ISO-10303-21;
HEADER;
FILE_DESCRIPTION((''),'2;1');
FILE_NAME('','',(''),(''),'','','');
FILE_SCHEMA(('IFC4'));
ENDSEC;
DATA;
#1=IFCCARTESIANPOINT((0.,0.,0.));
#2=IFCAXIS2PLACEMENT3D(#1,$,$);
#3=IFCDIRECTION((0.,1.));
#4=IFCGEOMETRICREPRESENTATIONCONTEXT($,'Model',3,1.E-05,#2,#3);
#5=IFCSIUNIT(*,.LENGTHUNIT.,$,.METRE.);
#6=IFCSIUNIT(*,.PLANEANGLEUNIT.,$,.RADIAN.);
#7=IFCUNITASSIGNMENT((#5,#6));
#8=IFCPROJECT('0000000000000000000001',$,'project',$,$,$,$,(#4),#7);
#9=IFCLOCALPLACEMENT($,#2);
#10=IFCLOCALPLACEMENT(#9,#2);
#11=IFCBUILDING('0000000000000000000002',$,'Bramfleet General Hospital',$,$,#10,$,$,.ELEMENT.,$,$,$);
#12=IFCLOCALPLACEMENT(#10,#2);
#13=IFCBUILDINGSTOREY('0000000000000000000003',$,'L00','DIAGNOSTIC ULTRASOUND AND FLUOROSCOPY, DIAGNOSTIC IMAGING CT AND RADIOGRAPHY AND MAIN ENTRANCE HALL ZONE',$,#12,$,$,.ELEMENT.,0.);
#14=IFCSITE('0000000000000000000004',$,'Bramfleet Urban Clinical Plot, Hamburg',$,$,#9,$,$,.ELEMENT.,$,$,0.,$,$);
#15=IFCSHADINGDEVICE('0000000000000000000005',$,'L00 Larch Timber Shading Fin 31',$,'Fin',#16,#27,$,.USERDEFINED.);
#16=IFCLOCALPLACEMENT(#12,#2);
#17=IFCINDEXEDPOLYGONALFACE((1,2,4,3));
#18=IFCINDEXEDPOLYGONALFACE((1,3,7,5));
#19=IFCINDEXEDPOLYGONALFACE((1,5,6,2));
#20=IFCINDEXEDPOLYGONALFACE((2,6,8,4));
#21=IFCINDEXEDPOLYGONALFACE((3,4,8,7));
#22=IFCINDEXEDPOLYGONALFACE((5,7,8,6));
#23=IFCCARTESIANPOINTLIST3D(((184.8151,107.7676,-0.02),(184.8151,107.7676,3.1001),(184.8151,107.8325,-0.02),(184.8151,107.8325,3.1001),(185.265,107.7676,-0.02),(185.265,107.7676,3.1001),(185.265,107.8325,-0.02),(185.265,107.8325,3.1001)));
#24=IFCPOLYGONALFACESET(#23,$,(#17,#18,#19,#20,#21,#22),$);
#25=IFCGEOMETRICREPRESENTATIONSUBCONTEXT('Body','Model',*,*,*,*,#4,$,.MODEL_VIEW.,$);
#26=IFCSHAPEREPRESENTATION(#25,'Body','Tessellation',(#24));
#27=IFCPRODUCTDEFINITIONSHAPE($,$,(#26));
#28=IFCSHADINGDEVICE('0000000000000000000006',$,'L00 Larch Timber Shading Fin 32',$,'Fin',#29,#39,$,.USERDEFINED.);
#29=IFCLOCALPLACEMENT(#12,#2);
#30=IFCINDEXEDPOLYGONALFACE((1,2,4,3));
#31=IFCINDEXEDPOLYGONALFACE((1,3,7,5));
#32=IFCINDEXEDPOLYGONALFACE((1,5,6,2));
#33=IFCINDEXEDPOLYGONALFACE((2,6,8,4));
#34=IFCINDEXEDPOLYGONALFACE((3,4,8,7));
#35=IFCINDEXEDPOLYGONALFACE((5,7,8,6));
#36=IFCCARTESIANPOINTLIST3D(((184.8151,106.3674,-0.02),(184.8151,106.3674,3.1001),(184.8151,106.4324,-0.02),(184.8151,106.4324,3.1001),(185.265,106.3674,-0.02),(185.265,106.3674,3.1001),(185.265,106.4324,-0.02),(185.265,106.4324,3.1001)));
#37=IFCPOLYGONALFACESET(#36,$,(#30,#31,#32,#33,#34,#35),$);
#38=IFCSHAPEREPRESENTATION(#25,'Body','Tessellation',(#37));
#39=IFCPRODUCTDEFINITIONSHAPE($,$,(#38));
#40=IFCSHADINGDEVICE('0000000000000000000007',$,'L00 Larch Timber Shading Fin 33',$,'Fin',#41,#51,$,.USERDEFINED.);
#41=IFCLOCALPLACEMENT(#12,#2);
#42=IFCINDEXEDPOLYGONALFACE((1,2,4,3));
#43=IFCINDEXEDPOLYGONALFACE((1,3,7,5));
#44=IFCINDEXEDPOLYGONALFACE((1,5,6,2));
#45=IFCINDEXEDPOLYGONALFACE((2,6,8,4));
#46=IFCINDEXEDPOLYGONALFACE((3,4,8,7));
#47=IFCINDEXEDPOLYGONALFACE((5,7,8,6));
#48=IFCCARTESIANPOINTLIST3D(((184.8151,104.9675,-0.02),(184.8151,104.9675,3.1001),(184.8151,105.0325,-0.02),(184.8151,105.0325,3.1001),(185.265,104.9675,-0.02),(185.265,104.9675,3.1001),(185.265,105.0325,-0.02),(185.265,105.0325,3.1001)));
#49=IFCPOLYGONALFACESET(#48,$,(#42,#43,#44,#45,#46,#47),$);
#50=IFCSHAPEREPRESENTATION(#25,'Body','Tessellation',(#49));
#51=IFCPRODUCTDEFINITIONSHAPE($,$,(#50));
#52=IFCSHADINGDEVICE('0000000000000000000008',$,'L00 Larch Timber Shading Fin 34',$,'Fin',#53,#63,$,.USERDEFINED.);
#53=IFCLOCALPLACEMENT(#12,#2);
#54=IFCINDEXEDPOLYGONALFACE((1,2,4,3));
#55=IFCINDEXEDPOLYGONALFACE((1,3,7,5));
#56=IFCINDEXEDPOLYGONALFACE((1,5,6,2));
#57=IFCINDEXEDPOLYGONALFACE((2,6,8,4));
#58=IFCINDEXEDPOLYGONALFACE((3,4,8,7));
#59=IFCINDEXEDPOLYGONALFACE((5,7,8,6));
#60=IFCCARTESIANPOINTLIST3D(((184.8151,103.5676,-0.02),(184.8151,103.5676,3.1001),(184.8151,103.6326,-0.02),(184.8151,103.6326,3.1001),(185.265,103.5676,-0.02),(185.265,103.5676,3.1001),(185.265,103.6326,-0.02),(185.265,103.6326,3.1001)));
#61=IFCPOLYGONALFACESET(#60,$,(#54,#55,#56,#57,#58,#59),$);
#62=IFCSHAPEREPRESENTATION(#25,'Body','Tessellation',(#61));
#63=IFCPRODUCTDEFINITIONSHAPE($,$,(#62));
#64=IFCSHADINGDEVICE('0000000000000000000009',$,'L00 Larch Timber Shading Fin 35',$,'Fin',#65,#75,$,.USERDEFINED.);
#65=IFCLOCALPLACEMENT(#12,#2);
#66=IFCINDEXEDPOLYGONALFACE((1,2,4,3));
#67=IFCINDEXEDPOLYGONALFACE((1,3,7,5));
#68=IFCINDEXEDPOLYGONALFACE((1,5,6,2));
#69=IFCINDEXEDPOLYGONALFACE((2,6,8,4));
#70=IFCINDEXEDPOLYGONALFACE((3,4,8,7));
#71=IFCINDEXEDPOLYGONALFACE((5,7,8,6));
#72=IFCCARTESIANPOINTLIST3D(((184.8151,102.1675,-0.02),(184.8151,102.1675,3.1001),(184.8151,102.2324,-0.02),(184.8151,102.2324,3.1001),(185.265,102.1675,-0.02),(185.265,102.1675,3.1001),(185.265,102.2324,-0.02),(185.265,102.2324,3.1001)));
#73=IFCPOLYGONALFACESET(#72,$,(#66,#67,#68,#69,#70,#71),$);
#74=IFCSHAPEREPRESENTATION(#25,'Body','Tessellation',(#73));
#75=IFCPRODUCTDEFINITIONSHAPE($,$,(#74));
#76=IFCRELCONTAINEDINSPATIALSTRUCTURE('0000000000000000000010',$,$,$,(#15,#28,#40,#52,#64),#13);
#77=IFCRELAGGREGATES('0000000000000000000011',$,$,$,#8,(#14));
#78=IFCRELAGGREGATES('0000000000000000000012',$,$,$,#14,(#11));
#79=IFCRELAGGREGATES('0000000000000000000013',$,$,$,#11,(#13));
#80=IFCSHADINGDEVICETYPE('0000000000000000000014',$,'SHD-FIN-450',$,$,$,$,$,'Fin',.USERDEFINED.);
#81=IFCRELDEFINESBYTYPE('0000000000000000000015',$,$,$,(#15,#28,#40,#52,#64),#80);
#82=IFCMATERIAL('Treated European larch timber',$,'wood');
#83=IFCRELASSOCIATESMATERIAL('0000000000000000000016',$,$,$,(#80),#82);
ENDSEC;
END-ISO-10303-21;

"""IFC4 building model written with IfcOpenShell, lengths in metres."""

from ifc_helpers import new_model, si_unit, direction, frame, origin, origin_2d, place, context, subcontext, project, spatial, rectangle, extrude, material, material_profile, profile_set, type_object, element, save


model = new_model("IFC4")

# Units and contexts
model_context = context("Model", 3, precision=1e-05, world=origin(), true_north=direction((0.0, 1.0)))
body_context = subcontext(model_context, "Body", "Model", "MODEL_VIEW")
ifc_project = project(units=[si_unit("LENGTHUNIT", "METRE"), si_unit("PLANEANGLEUNIT", "RADIAN")], contexts=[model_context])

# Site, building, storey
site_placement = place(None, origin())
site = spatial("IfcSite", under=ifc_project, at=site_placement, Name="Bramfleet Urban Clinical Plot, Hamburg", CompositionType="ELEMENT", RefElevation=0.0)
building_placement = place(site_placement, origin())
building = spatial("IfcBuilding", under=site, at=building_placement, Name="Bramfleet General Hospital", CompositionType="ELEMENT")
storey_placement = place(building_placement, origin())
storey = spatial("IfcBuildingStorey", under=building, at=storey_placement, Name="L00", Description="DIAGNOSTIC ULTRASOUND AND FLUOROSCOPY, DIAGNOSTIC IMAGING CT AND RADIOGRAPHY AND MAIN ENTRANCE HALL ZONE", CompositionType="ELEMENT", Elevation=0.0)

# Shading devices
ifc_material_1 = material(Name="Treated European larch timber", Category="wood")
ifc_material_profile_1 = material_profile(ifc_material_1, rectangle(XDim=0.0649, YDim=0.45, at=origin_2d()), Name="LARCH FIN 450x65")
ifc_profile_set_1 = profile_set([ifc_material_profile_1], Name="Treated European larch timber")
shading_device_type = type_object("IfcShadingDeviceType", Name="SHD-FIN-450", ElementType="Fin", PredefinedType="USERDEFINED", material=ifc_profile_set_1)
for number, where, z_axis, x_axis, name in (
    (1, (185.04, 107.8, -0.02), (0.0, 0.0, 1.0), (0.0, -1.0, 0.0), "L00 Larch Timber Shading Fin 31"),
    (2, (185.04, 106.3999, -0.02), (0.0, 0.0, 1.0), (0.0, -1.0, 0.0), "L00 Larch Timber Shading Fin 32"),
    (3, (185.04, 105.0, -0.02), (0.0, 0.0, 1.0), (0.0, -1.0, 0.0), "L00 Larch Timber Shading Fin 33"),
    (4, (185.04, 103.6001, -0.02), (0.0, 0.0, 1.0), (0.0, -1.0, 0.0), "L00 Larch Timber Shading Fin 34"),
    (5, (185.04, 102.2, -0.02), (0.0, 0.0, 1.0), (0.0, -1.0, 0.0), "L00 Larch Timber Shading Fin 35"),
):
    element("IfcShadingDevice", number, at=place(storey_placement, frame(where, z_axis=z_axis, x_axis=x_axis)), inside=storey, type_object=shading_device_type, Name=name, ObjectType="Fin", PredefinedType="USERDEFINED", context=body_context, shape_type="SweptSolid", body=[
        extrude(rectangle(XDim=0.0649, YDim=0.45, at=origin_2d()), origin(), (0.0, 0.0, 1.0), 3.1201),
    ])

save(model, "model.ifc")
